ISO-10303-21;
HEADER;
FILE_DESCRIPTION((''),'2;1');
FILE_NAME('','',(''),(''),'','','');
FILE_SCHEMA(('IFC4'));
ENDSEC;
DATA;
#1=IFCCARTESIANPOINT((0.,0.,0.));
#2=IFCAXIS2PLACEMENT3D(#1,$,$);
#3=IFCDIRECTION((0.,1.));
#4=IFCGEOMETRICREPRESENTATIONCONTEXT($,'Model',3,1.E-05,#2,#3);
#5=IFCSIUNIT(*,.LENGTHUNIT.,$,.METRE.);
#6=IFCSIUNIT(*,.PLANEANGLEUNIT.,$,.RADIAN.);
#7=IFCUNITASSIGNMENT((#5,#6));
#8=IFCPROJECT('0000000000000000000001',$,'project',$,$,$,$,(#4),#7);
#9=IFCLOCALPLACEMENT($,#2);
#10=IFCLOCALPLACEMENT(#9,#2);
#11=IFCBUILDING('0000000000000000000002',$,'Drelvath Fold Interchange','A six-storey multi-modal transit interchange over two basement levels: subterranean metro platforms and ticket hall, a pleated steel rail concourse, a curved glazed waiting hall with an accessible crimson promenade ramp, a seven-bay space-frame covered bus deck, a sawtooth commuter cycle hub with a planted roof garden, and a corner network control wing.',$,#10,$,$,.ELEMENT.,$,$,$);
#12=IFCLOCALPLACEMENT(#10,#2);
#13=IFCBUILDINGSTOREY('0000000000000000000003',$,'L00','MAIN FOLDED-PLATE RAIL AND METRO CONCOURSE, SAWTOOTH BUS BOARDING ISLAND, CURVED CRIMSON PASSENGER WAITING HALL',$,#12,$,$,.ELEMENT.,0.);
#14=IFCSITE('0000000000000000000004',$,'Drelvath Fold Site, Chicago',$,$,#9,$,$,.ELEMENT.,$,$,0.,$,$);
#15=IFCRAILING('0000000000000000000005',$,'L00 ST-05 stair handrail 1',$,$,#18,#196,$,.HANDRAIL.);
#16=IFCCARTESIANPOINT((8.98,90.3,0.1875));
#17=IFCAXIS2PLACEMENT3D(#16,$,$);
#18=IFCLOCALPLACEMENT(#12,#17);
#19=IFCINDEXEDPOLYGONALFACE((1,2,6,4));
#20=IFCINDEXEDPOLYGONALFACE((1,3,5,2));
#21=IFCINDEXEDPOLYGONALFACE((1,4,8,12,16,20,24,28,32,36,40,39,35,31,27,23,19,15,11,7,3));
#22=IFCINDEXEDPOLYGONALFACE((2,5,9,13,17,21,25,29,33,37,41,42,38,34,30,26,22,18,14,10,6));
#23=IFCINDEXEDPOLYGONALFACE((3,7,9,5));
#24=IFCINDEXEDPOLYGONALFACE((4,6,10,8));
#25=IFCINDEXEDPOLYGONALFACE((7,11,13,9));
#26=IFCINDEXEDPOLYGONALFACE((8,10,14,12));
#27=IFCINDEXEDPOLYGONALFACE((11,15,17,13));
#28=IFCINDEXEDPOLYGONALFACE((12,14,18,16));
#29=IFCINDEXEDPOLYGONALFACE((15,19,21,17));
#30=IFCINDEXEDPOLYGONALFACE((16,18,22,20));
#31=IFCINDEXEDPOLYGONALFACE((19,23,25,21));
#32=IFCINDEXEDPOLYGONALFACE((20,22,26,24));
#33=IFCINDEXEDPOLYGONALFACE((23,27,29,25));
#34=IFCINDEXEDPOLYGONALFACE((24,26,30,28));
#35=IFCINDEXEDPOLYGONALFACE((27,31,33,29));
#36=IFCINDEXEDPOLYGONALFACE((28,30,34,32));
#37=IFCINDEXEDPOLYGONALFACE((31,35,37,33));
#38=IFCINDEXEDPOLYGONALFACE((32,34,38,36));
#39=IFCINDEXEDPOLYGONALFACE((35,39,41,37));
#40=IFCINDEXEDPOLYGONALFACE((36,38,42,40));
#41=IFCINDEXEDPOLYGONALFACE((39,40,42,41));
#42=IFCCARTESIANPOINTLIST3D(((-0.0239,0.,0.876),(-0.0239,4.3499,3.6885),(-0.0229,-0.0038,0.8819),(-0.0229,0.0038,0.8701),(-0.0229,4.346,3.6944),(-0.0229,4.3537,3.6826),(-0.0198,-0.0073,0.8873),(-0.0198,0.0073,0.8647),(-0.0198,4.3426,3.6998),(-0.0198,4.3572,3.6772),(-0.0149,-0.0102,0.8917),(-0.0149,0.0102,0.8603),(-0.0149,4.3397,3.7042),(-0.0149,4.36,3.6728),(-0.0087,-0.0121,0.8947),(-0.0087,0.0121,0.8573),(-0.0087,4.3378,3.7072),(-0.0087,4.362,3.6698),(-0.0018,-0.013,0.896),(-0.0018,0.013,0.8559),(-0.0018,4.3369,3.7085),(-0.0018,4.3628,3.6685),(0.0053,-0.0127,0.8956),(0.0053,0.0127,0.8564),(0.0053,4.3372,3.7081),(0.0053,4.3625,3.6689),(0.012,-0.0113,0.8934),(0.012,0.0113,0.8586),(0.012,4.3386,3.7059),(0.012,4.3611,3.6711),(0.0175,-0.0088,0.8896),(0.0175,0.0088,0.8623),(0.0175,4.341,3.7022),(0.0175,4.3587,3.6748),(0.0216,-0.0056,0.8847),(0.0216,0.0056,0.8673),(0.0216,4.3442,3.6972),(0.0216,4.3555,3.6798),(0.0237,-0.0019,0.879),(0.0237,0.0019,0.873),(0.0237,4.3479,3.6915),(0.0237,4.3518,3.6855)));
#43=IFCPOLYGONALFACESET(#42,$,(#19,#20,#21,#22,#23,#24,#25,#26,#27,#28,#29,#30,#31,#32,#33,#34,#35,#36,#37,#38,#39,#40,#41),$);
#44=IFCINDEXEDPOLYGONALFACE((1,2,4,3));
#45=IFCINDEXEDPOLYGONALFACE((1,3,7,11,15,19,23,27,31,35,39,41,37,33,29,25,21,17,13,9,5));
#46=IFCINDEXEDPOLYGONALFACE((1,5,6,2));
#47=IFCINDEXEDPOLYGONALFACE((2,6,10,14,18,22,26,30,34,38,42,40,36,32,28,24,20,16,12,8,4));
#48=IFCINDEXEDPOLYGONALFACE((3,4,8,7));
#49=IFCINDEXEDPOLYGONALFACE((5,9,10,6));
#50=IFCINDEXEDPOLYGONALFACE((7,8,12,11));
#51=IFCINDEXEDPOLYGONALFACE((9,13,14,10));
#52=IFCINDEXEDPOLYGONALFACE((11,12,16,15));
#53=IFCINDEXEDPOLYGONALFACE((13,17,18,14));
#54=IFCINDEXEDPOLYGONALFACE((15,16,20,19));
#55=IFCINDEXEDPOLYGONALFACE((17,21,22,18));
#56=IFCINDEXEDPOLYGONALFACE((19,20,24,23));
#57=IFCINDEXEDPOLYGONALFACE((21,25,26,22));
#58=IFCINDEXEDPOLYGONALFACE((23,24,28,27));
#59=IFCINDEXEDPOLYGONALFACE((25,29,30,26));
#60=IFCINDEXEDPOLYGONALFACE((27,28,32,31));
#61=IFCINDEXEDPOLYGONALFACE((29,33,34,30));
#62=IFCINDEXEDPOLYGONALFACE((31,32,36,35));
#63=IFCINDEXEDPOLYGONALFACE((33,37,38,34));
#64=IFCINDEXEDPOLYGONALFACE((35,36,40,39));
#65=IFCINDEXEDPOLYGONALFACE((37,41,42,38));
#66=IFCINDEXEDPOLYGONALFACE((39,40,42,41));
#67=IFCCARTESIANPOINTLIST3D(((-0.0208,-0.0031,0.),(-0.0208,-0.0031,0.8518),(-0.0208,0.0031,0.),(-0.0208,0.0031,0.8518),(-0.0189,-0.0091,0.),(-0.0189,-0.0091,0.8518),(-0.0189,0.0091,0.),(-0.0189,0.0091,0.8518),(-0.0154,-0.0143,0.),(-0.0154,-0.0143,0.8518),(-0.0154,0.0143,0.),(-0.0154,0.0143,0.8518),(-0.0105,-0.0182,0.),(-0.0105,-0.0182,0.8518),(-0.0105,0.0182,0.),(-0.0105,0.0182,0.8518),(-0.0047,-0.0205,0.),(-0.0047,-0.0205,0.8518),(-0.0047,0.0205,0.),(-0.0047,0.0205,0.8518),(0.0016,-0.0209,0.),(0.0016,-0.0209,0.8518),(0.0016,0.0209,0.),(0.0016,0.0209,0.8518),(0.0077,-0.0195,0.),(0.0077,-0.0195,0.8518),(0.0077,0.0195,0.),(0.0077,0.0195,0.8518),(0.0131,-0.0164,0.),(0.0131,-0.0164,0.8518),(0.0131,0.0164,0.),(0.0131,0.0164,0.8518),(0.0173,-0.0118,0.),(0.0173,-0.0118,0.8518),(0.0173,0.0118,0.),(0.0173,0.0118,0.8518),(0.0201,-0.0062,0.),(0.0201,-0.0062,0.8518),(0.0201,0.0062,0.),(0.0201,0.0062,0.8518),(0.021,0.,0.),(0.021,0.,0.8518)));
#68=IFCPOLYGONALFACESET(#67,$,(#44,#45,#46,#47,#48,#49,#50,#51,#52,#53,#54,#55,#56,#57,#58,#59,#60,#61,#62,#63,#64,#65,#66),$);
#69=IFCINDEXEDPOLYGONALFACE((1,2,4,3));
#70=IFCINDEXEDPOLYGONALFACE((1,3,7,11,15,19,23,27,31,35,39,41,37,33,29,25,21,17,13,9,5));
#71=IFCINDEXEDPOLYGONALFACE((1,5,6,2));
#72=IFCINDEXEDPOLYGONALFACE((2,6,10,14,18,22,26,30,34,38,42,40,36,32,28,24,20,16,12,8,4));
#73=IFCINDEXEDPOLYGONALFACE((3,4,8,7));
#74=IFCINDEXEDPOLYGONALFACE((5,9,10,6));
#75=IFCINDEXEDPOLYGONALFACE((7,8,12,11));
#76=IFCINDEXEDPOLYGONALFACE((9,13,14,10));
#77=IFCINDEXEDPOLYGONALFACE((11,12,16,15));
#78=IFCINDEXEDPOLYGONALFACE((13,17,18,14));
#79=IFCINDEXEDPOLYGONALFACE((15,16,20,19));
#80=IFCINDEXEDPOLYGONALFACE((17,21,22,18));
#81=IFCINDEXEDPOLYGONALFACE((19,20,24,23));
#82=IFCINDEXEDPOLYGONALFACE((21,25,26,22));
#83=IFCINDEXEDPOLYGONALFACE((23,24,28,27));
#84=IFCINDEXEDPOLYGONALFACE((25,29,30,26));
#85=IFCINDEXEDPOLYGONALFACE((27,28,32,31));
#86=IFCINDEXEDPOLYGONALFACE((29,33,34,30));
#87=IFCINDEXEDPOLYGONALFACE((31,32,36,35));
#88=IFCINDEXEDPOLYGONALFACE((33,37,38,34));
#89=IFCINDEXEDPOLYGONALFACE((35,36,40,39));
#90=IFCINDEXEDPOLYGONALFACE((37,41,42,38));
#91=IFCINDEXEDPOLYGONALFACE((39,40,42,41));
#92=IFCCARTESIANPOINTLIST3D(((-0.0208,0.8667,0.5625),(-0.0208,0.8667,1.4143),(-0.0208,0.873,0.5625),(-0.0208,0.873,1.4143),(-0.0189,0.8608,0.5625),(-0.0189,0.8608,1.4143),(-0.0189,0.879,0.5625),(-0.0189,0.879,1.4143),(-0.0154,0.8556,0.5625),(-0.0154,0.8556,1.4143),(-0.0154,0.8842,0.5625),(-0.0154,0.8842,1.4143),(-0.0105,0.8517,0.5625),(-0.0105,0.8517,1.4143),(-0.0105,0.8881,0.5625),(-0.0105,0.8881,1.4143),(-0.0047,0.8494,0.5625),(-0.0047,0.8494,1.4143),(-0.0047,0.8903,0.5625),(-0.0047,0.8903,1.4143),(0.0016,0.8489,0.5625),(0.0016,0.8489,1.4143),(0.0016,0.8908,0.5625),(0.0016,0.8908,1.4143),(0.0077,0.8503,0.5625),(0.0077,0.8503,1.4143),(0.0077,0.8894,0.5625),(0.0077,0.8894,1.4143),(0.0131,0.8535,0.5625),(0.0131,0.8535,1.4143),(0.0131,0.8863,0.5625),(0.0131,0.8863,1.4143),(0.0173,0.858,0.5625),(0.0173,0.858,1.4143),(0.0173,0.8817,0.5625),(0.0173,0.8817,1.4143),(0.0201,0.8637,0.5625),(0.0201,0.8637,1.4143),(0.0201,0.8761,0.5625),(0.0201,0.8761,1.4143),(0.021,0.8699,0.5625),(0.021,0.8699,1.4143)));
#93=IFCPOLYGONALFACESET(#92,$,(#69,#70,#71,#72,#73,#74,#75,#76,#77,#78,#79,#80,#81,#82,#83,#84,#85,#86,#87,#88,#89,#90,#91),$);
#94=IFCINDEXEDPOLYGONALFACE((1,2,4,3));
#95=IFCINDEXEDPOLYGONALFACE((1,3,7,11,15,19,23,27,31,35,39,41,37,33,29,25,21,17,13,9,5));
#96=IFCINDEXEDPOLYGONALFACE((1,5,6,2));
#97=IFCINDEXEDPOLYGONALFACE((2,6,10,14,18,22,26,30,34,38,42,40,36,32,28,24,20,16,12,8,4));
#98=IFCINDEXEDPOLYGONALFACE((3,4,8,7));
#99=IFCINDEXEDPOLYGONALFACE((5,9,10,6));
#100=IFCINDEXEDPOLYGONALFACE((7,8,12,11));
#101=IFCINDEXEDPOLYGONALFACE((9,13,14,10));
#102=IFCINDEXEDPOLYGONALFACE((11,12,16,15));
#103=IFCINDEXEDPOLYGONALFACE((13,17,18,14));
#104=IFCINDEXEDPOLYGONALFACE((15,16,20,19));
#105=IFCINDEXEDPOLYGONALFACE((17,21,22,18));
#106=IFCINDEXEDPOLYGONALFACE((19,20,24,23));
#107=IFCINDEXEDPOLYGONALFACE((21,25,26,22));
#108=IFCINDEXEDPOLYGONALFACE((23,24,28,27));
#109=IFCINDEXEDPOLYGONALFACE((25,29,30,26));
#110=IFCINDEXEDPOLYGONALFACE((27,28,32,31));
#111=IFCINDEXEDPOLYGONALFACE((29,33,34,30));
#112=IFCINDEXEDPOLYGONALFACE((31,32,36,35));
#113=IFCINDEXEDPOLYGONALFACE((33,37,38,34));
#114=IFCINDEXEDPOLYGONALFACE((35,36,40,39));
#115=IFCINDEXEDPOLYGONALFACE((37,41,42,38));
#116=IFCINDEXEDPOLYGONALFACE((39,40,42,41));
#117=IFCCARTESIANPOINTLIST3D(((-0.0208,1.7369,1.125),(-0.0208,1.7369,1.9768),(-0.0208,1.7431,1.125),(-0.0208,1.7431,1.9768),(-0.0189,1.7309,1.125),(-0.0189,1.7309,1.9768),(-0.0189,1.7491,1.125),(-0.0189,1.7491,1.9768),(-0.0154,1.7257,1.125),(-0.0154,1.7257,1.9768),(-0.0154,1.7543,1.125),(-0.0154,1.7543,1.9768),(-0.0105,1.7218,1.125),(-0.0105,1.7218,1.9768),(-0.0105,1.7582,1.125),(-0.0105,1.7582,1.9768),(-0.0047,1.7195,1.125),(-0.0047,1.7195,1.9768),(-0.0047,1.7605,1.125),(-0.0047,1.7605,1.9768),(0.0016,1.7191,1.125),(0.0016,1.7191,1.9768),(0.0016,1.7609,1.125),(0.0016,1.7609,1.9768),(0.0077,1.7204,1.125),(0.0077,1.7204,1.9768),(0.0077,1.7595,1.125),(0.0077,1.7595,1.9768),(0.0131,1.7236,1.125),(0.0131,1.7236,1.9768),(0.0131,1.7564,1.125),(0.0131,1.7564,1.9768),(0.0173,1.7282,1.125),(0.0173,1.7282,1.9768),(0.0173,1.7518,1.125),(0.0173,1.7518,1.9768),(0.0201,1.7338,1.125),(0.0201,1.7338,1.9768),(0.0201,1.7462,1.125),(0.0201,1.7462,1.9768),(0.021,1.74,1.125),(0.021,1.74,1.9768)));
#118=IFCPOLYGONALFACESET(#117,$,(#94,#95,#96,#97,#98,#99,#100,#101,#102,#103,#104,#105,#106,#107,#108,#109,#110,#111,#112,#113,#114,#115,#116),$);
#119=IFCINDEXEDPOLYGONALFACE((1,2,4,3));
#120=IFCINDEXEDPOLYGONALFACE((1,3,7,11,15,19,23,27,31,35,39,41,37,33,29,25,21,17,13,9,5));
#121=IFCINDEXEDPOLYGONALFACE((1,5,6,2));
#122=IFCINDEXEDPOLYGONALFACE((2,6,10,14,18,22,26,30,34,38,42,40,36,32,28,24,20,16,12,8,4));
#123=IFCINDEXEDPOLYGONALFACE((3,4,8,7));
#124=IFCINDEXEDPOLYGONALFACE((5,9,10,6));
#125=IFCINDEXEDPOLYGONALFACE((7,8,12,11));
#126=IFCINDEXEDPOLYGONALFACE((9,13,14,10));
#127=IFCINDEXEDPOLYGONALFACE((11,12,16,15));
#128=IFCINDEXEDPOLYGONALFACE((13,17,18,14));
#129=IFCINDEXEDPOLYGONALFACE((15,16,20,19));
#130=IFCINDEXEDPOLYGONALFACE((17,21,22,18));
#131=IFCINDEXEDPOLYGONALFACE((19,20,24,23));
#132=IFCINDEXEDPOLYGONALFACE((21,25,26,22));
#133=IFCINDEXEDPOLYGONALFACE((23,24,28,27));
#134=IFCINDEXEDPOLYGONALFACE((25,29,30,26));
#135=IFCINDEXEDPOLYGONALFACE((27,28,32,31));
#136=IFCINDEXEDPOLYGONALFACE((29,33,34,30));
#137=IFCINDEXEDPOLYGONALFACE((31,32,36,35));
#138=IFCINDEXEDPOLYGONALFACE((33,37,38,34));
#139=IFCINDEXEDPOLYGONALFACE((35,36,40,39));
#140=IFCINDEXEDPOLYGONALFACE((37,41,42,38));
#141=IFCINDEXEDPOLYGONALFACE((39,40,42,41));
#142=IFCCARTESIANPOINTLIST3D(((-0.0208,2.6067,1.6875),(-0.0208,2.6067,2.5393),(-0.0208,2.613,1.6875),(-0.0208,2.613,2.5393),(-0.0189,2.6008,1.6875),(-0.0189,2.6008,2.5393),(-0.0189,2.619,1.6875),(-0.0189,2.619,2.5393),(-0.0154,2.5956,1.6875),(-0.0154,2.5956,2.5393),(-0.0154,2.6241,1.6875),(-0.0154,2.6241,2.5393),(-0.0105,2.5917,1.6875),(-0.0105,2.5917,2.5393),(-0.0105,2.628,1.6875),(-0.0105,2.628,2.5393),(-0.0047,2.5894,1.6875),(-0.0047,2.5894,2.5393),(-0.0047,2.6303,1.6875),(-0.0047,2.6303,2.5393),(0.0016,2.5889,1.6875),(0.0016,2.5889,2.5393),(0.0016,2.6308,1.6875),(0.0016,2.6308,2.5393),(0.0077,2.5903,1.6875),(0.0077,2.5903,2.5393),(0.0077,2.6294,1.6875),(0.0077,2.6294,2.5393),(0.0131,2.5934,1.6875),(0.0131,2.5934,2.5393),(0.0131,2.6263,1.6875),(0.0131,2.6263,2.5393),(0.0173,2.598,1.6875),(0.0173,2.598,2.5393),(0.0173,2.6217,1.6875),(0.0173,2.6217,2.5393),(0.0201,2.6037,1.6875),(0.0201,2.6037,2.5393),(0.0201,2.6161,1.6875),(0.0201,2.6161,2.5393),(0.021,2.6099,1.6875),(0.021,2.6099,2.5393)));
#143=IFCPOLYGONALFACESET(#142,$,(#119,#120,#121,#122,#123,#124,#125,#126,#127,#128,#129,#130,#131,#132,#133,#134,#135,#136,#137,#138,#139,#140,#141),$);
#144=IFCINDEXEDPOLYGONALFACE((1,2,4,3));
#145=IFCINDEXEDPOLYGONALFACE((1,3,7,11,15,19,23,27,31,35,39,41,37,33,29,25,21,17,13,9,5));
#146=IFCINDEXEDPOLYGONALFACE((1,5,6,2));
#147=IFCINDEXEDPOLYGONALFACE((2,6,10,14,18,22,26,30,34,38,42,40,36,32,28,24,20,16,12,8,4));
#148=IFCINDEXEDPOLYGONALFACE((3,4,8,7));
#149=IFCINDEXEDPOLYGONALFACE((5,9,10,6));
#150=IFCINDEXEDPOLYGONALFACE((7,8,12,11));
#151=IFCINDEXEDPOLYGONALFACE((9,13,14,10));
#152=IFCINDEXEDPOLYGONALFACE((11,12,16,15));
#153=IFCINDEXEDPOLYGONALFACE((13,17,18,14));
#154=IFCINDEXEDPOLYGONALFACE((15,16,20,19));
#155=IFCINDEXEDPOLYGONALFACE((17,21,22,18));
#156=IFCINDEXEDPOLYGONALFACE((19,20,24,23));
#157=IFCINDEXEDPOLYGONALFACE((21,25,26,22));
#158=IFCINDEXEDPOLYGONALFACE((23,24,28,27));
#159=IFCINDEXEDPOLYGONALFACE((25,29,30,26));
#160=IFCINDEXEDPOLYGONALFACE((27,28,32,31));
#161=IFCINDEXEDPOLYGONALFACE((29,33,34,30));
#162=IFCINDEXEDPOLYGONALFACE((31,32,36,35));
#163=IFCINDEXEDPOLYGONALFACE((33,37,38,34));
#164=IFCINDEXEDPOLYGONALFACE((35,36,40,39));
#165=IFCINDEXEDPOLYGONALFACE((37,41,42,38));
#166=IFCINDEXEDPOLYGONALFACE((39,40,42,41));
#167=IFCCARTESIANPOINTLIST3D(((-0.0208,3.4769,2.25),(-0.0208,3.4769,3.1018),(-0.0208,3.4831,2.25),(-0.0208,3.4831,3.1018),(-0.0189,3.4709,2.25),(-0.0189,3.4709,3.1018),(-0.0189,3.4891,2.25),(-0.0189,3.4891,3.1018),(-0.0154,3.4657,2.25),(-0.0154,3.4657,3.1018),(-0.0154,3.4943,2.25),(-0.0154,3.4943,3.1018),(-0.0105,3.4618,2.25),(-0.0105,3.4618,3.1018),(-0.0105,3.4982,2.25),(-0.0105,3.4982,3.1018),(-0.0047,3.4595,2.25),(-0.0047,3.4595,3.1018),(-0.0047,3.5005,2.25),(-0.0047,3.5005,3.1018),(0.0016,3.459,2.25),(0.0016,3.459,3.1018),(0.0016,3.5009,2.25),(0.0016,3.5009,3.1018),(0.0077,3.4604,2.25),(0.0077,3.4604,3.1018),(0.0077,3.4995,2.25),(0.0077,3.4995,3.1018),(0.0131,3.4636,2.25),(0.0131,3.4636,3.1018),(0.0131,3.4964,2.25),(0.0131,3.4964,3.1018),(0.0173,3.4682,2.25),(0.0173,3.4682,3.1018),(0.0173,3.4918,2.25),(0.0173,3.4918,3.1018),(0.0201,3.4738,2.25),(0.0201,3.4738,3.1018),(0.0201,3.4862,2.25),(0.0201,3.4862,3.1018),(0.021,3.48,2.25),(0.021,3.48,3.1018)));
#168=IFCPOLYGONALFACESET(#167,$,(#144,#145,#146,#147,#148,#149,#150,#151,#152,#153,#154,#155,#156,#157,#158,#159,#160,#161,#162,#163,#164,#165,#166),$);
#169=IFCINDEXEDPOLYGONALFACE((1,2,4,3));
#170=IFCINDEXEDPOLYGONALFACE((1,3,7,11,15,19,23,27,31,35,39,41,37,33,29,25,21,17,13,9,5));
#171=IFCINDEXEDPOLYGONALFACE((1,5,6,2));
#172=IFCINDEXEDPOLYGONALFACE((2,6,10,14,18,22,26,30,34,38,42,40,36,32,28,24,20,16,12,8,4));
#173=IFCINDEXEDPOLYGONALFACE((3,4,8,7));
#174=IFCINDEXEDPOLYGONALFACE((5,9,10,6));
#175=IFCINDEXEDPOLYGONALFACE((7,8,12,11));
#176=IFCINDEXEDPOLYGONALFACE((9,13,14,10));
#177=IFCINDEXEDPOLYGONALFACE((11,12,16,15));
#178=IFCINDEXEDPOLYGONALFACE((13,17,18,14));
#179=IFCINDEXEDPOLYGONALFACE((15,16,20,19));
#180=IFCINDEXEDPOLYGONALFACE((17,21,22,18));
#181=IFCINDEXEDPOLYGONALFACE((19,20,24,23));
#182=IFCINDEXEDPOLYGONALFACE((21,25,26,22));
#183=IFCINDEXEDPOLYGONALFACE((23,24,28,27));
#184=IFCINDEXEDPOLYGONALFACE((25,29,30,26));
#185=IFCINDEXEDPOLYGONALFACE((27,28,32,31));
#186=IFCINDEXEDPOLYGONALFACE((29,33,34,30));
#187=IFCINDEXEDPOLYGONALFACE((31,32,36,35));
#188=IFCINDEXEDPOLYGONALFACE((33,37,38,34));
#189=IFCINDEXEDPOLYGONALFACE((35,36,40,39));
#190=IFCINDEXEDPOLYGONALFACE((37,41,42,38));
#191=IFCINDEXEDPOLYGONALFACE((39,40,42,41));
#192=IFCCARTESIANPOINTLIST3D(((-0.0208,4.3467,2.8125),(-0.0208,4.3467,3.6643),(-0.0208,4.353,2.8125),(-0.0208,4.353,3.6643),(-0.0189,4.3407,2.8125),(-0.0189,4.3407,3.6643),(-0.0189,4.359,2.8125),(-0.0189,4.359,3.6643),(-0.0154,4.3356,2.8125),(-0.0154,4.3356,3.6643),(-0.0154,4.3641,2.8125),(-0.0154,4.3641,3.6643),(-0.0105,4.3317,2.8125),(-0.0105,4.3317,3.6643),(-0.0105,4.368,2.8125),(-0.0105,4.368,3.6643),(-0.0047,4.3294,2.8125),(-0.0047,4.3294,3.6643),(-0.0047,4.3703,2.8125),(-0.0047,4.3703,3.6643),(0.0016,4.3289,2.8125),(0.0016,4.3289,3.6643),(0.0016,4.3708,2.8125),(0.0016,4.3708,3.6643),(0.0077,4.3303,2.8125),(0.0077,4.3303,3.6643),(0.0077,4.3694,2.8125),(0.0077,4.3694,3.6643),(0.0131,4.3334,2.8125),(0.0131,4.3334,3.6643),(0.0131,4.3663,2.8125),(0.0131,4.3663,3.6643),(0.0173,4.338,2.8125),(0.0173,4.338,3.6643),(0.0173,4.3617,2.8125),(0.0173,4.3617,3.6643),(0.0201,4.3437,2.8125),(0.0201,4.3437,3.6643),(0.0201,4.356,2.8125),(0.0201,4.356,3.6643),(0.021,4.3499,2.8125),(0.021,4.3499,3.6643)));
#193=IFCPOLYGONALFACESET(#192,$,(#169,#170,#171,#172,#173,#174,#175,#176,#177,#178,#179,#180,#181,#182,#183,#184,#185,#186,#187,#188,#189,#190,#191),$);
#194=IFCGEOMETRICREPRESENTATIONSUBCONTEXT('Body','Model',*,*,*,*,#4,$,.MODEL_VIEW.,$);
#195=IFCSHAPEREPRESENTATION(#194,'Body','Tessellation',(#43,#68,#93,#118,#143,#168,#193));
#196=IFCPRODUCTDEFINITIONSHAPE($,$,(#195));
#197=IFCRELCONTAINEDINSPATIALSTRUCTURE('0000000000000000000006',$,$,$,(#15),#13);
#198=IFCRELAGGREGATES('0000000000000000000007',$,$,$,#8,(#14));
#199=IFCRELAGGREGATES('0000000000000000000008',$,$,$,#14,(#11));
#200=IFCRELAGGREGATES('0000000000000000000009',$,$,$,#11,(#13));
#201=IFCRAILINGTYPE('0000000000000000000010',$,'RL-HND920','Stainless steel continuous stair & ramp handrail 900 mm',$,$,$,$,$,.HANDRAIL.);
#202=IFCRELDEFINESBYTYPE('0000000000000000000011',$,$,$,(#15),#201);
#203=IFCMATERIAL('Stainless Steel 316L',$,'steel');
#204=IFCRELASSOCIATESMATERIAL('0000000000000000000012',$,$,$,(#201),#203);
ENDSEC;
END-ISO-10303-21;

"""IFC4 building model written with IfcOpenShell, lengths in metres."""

from ifc_helpers import new_model, si_unit, direction, frame, origin, origin_2d, place, context, subcontext, project, spatial, circle, extrude, material, type_object, element, save


model = new_model("IFC4")

# Units and contexts
model_context = context("Model", 3, precision=1e-05, world=origin(), true_north=direction((0.0, 1.0)))
body_context = subcontext(model_context, "Body", "Model", "MODEL_VIEW")
ifc_project = project(units=[si_unit("LENGTHUNIT", "METRE"), si_unit("PLANEANGLEUNIT", "RADIAN")], contexts=[model_context])

# Site, building, storey
site_placement = place(None, origin())
site = spatial("IfcSite", under=ifc_project, at=site_placement, Name="Drelvath Fold Site, Chicago", CompositionType="ELEMENT", RefElevation=0.0)
building_placement = place(site_placement, origin())
building = spatial("IfcBuilding", under=site, at=building_placement, Name="Drelvath Fold Interchange", Description="A six-storey multi-modal transit interchange over two basement levels: subterranean metro platforms and ticket hall, a pleated steel rail concourse, a curved glazed waiting hall with an accessible crimson promenade ramp, a seven-bay space-frame covered bus deck, a sawtooth commuter cycle hub with a planted roof garden, and a corner network control wing.", CompositionType="ELEMENT")
storey_placement = place(building_placement, origin())
storey = spatial("IfcBuildingStorey", under=building, at=storey_placement, Name="L00", Description="MAIN FOLDED-PLATE RAIL AND METRO CONCOURSE, SAWTOOTH BUS BOARDING ISLAND, CURVED CRIMSON PASSENGER WAITING HALL", CompositionType="ELEMENT", Elevation=0.0)

# Railing
ifc_material_1 = material(Name="Stainless Steel 316L", Category="steel")
railing_type_1 = type_object("IfcRailingType", Name="RL-HND920", Description="Stainless steel continuous stair & ramp handrail 900 mm", PredefinedType="HANDRAIL", material=ifc_material_1)
railing_1_placement = place(storey_placement, frame((8.98, 90.3, 0.1875)))
element("IfcRailing", 1, at=railing_1_placement, inside=storey, type_object=railing_type_1, Name="L00 ST-05 stair handrail 1", PredefinedType="HANDRAIL", context=body_context, shape_type="SweptSolid", body=[
    extrude(circle(Radius=0.0239, at=origin_2d()), frame((0.0, 0.0, 0.876), z_axis=(0.0, 0.839756, 0.542964), x_axis=(-1.0, 0.0, 0.0)), (0.0, 0.0, 1.0), 5.1799),
    extrude(circle(Radius=0.021, at=origin_2d()), origin(), (0.0, 0.0, 1.0), 0.8518),
    extrude(circle(Radius=0.021, at=origin_2d()), frame((0.0, 0.8699, 0.5625)), (0.0, 0.0, 1.0), 0.8518),
    extrude(circle(Radius=0.021, at=origin_2d()), frame((0.0, 1.74, 1.125)), (0.0, 0.0, 1.0), 0.8518),
    extrude(circle(Radius=0.021, at=origin_2d()), frame((0.0, 2.6099, 1.6875)), (0.0, 0.0, 1.0), 0.8518),
    extrude(circle(Radius=0.021, at=origin_2d()), frame((0.0, 3.48, 2.25)), (0.0, 0.0, 1.0), 0.8518),
    extrude(circle(Radius=0.021, at=origin_2d()), frame((0.0, 4.3499, 2.8125)), (0.0, 0.0, 1.0), 0.8518),
])

save(model, "model.ifc")
